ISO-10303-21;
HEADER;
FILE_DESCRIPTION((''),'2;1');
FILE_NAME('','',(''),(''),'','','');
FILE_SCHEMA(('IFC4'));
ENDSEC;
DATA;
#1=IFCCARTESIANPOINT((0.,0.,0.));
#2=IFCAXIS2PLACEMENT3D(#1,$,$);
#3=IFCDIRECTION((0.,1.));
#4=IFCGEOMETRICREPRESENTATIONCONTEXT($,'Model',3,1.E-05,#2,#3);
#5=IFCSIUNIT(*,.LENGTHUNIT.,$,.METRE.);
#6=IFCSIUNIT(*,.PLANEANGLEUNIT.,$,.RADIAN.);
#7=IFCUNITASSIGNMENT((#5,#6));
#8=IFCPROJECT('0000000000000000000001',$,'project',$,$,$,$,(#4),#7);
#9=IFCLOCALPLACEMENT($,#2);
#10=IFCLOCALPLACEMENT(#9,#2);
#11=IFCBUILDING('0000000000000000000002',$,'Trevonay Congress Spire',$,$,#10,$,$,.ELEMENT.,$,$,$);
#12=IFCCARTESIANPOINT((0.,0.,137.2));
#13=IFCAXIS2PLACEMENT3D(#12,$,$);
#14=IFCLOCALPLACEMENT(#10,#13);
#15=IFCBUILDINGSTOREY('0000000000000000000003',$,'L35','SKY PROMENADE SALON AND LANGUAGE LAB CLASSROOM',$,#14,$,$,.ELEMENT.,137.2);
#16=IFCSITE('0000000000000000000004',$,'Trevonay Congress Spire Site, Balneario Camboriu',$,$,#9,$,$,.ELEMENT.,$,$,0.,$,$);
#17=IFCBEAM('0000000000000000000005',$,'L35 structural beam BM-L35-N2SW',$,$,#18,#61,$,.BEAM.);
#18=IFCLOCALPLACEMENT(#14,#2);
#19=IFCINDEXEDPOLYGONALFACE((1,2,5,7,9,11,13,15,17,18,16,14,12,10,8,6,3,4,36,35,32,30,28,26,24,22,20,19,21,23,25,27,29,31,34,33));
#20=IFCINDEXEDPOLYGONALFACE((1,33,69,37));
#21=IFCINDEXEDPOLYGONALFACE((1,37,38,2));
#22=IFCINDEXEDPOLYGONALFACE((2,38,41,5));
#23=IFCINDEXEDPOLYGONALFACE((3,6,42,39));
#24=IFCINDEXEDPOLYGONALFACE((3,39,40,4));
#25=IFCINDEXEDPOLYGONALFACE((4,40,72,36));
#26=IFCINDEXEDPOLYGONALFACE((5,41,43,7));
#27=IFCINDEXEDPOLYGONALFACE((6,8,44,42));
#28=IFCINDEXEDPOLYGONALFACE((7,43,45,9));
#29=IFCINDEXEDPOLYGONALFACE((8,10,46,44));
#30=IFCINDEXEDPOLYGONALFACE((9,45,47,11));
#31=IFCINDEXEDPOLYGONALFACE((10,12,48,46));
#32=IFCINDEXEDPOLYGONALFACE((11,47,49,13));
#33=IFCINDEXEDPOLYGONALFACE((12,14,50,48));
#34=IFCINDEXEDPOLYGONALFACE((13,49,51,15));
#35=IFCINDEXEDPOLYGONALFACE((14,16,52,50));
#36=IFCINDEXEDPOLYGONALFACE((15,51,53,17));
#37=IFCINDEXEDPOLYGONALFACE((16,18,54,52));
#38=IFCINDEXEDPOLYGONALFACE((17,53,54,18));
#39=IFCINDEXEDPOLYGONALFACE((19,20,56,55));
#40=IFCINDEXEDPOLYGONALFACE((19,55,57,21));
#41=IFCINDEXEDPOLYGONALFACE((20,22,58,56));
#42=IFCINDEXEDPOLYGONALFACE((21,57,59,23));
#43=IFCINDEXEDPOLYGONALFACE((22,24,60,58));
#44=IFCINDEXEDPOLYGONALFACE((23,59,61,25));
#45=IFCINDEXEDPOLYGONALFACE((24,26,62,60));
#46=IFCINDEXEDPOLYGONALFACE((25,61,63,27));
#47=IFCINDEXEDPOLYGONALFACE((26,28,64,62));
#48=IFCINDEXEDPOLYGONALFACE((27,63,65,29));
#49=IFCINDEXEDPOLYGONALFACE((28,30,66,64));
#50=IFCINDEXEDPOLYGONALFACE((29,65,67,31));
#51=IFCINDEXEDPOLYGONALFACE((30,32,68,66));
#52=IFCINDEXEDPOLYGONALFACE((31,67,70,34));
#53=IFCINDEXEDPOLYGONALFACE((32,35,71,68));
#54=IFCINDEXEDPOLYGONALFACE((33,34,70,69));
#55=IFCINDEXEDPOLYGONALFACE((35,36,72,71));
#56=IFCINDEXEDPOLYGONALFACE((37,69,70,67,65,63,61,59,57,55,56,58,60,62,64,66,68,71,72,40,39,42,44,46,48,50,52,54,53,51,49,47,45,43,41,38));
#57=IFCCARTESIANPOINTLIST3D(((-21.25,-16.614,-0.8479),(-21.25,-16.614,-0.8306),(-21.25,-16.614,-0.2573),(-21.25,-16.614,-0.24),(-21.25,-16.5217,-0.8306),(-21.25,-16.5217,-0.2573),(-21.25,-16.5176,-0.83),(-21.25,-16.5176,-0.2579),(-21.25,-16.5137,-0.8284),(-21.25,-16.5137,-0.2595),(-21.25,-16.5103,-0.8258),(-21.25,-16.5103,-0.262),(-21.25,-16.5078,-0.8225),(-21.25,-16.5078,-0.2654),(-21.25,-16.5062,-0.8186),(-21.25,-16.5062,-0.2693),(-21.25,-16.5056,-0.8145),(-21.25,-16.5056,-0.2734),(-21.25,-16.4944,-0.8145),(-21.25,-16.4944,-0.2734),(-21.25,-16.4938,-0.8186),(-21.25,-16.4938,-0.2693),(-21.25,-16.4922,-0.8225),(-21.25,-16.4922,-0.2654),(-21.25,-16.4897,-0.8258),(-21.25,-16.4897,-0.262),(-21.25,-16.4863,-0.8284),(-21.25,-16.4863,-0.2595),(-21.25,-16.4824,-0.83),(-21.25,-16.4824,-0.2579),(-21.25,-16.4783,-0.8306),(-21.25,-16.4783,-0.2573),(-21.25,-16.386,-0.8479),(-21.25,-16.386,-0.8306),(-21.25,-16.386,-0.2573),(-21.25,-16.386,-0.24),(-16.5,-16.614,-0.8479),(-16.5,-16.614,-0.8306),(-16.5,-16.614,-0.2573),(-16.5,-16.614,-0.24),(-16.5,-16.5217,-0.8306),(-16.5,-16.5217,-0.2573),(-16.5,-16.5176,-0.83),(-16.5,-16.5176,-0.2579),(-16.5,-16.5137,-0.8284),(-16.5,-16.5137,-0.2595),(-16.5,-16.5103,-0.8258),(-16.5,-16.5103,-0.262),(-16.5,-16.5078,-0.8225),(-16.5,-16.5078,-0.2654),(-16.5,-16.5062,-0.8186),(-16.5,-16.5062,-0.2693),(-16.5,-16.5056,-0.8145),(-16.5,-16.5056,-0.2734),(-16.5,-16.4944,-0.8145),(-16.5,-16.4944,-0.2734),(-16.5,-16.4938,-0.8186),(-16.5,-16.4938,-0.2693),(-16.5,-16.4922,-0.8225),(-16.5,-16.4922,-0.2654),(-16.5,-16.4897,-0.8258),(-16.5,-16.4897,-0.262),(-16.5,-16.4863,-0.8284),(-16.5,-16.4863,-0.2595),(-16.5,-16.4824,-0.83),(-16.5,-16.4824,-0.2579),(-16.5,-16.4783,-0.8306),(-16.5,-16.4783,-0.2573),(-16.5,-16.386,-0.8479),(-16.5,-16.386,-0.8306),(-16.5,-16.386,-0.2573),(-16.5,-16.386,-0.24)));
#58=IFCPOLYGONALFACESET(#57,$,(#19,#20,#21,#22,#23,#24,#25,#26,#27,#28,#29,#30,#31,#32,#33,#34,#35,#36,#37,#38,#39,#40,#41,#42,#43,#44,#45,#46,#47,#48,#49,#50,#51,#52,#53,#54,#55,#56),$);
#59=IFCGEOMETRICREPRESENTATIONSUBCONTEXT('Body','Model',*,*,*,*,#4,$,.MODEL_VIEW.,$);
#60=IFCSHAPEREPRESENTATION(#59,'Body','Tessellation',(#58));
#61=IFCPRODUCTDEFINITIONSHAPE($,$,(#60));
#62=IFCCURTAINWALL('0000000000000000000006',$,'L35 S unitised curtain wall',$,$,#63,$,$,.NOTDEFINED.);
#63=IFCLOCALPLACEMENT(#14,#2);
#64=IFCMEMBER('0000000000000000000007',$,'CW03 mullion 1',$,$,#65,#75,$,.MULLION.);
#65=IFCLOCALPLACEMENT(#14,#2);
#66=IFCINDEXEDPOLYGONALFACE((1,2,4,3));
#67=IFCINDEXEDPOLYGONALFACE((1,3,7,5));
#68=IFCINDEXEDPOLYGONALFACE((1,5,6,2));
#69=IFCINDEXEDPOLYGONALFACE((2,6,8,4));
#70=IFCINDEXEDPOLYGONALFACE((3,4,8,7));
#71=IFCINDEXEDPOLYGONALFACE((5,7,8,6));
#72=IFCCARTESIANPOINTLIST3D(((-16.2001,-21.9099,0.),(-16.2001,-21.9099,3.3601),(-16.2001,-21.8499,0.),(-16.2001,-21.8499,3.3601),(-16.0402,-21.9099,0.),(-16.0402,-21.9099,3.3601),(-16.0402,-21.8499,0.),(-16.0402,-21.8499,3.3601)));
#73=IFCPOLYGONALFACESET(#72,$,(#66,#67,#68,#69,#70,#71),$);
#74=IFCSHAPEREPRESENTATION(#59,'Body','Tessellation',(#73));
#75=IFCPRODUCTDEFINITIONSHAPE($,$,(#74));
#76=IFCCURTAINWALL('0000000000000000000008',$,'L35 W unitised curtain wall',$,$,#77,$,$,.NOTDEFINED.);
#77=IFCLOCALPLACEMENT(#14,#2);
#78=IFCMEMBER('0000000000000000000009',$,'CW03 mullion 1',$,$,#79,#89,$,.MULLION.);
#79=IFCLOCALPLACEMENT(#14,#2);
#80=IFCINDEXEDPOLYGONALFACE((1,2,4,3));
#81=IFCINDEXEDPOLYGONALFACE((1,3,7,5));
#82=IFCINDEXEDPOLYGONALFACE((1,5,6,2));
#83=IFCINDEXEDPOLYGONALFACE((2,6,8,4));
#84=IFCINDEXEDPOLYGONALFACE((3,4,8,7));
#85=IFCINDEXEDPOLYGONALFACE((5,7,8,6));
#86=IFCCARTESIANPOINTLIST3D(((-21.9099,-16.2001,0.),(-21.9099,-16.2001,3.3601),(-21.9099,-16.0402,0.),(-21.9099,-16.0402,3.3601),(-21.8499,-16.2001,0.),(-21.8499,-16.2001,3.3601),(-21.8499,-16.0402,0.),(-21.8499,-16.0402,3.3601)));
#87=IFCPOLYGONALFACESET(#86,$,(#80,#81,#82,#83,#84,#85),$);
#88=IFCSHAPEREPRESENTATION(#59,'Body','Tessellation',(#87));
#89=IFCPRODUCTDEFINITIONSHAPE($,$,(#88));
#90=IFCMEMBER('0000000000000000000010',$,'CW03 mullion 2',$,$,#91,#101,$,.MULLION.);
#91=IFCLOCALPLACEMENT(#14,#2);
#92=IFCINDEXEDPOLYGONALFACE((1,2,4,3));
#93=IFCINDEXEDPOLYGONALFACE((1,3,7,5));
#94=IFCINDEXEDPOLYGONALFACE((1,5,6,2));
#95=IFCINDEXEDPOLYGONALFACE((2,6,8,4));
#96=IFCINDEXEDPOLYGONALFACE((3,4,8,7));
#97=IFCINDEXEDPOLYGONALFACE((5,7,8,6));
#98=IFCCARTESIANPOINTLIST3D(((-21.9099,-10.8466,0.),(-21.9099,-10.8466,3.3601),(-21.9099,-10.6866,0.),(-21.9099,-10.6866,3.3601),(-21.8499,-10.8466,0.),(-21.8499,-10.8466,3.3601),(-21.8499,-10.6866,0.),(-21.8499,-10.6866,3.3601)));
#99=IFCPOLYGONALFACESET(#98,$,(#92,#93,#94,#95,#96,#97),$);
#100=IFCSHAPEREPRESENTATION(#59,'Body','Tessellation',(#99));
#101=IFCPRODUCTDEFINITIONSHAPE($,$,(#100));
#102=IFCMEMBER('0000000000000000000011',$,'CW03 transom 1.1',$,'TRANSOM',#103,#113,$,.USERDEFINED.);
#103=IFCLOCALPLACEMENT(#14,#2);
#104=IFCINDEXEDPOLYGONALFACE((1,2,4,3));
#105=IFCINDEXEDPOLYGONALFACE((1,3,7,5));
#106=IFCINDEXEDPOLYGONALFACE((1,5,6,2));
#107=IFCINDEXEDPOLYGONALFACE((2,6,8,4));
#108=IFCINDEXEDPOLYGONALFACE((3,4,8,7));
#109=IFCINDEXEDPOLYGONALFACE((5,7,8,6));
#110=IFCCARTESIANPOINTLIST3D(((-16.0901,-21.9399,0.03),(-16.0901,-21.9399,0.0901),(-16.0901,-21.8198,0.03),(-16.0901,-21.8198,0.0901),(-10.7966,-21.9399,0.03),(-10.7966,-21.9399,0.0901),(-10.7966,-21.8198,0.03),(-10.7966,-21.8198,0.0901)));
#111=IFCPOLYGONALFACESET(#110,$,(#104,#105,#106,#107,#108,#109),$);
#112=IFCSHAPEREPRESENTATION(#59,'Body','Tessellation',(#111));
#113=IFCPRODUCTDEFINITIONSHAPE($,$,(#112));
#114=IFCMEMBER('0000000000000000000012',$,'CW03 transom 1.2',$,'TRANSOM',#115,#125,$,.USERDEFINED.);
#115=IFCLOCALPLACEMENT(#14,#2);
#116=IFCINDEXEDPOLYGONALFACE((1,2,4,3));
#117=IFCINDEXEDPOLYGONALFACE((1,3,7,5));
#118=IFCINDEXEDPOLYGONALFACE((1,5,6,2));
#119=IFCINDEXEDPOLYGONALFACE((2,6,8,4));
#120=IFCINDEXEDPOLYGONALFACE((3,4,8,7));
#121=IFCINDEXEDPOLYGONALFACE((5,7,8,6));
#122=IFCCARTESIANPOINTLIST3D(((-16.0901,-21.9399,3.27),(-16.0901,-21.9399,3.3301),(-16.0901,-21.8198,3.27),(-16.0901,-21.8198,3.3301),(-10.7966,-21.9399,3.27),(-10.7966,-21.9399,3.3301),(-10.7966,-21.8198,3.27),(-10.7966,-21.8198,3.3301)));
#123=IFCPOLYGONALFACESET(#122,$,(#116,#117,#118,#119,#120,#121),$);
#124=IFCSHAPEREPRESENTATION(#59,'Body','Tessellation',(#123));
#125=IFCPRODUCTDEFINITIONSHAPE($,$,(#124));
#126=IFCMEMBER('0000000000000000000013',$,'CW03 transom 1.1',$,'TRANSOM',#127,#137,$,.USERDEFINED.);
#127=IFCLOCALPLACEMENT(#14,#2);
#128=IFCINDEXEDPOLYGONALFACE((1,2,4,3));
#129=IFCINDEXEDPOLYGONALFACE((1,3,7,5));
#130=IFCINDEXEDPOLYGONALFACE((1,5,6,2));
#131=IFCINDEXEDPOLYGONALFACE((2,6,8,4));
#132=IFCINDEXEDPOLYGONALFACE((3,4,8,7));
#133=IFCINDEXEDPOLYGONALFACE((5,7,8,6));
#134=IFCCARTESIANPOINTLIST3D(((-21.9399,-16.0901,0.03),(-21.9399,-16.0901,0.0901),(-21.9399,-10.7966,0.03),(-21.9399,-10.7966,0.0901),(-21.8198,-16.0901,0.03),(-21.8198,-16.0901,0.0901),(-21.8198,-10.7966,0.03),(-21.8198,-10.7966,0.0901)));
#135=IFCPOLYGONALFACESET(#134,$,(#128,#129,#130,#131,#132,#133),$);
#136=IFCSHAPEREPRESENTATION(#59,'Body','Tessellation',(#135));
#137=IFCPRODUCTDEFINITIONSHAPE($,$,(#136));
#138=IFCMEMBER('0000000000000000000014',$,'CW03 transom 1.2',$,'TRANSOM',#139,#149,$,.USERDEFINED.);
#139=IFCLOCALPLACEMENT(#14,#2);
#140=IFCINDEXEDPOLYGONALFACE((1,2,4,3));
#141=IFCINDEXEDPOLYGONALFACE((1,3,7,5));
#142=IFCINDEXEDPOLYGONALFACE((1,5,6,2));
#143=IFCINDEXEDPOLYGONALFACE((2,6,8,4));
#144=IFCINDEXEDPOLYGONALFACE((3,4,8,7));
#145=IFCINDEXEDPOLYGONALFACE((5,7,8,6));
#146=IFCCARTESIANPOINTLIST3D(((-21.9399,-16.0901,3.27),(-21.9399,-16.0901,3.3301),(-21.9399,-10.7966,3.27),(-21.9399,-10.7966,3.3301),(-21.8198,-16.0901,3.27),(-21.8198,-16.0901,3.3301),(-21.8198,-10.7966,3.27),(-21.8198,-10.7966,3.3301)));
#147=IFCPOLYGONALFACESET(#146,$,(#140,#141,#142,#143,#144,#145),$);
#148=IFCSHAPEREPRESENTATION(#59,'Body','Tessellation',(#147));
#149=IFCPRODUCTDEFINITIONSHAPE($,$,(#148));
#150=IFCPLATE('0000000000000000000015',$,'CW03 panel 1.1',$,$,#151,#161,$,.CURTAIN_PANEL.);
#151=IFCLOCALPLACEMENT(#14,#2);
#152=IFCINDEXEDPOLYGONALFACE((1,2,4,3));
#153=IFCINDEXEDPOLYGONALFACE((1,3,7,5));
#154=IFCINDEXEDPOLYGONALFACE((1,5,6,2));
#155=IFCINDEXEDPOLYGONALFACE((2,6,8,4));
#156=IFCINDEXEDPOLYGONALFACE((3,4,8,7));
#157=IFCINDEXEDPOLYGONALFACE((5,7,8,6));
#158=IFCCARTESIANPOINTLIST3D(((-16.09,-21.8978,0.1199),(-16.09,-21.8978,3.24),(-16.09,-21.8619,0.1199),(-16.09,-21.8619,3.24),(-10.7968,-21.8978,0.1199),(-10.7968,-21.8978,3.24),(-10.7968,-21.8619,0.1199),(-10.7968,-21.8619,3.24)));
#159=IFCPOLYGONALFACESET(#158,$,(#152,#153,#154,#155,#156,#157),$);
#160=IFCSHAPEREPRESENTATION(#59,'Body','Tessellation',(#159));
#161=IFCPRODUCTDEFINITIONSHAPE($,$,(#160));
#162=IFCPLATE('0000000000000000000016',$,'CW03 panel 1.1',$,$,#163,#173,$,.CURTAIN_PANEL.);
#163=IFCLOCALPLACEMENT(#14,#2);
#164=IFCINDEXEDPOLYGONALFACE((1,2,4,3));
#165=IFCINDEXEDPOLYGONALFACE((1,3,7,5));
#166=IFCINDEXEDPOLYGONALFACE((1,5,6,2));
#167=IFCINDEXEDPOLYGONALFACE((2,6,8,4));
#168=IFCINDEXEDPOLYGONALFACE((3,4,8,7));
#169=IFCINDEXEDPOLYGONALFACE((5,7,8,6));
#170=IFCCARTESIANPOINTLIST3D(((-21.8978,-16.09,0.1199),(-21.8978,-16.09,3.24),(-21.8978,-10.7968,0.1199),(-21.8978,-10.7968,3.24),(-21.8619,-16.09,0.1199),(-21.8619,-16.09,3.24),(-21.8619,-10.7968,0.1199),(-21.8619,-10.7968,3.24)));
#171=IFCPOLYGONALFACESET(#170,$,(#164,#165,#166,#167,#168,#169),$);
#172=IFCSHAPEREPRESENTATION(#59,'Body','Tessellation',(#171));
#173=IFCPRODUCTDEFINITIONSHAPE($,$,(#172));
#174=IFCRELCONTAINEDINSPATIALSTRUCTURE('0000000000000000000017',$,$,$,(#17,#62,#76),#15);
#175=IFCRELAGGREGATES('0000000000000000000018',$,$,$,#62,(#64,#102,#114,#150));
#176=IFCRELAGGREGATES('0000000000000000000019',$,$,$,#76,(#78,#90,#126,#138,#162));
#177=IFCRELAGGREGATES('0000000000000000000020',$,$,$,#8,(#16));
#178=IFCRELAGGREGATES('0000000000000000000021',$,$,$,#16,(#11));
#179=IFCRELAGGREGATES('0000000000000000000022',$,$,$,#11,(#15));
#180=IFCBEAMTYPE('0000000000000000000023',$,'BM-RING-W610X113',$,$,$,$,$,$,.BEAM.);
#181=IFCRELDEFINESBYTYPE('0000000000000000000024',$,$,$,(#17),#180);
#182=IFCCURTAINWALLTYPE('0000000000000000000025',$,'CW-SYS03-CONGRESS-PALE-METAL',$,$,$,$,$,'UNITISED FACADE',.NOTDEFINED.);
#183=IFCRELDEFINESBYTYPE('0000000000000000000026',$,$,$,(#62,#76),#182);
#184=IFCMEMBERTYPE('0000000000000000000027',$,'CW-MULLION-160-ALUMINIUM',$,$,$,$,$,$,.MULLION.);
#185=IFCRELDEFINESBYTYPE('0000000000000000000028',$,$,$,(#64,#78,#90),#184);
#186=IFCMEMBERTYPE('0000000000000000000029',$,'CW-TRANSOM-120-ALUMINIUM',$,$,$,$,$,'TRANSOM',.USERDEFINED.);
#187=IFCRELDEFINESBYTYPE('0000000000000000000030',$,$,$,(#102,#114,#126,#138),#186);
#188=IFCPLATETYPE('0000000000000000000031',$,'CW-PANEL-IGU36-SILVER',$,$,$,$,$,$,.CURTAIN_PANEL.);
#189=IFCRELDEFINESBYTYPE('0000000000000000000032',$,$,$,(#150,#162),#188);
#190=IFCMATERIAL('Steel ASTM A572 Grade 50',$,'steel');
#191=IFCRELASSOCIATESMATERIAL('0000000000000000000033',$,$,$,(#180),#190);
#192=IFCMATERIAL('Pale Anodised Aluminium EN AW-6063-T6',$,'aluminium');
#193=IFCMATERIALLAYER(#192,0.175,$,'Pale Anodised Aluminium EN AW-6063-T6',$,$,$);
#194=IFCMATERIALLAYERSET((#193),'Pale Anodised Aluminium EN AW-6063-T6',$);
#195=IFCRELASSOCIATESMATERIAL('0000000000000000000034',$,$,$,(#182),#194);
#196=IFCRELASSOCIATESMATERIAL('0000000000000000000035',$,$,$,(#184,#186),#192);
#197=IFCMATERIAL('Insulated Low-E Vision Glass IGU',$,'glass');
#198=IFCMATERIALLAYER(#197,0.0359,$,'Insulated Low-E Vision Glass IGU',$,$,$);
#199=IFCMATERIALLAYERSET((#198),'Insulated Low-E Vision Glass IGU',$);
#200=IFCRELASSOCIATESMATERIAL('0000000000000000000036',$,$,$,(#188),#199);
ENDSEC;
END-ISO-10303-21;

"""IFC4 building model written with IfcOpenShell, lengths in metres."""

from ifc_helpers import new_model, si_unit, direction, frame, origin, origin_2d, place, context, subcontext, project, spatial, rectangle, i_section, extrude, material, layer, layer_set, material_profile, profile_set, type_object, element, aggregate, save


model = new_model("IFC4")

# Units and contexts
model_context = context("Model", 3, precision=1e-05, world=origin(), true_north=direction((0.0, 1.0)))
body_context = subcontext(model_context, "Body", "Model", "MODEL_VIEW")
ifc_project = project(units=[si_unit("LENGTHUNIT", "METRE"), si_unit("PLANEANGLEUNIT", "RADIAN")], contexts=[model_context])

# Site, building, storey
site_placement = place(None, origin())
site = spatial("IfcSite", under=ifc_project, at=site_placement, Name="Trevonay Congress Spire Site, Balneario Camboriu", CompositionType="ELEMENT", RefElevation=0.0)
building_placement = place(site_placement, origin())
building = spatial("IfcBuilding", under=site, at=building_placement, Name="Trevonay Congress Spire", CompositionType="ELEMENT")
storey_placement = place(building_placement, frame((0.0, 0.0, 137.2)))
storey = spatial("IfcBuildingStorey", under=building, at=storey_placement, Name="L35", Description="SKY PROMENADE SALON AND LANGUAGE LAB CLASSROOM", CompositionType="ELEMENT", Elevation=137.2)

# Shared definitions
ifc_material_1 = material(Name="Steel ASTM A572 Grade 50", Category="steel")

# Beam
ifc_material_profile_1 = material_profile(ifc_material_1, i_section(OverallWidth=0.228, OverallDepth=0.6079, WebThickness=0.0112, FlangeThickness=0.0173, FilletRadius=0.0161, at=origin_2d()), Name="W610x113")
ifc_profile_set_1 = profile_set([ifc_material_profile_1], Name="Steel ASTM A572 Grade 50")
beam_type = type_object("IfcBeamType", Name="BM-RING-W610X113", PredefinedType="BEAM", material=ifc_profile_set_1)
for number, where, z_axis, x_axis, name in (
    (1, (-21.25, -16.5, -0.5439), (1.0, 0.0, 0.0), (0.0, 1.0, 0.0), "L35 structural beam BM-L35-N2SW"),
):
    element("IfcBeam", number, at=place(storey_placement, frame(where, z_axis=z_axis, x_axis=x_axis)), inside=storey, type_object=beam_type, Name=name, PredefinedType="BEAM", context=body_context, shape_type="SweptSolid", body=[
        extrude(i_section(OverallWidth=0.228, OverallDepth=0.6079, WebThickness=0.0112, FlangeThickness=0.0173, FilletRadius=0.0161, at=origin_2d()), origin(), (0.0, 0.0, 1.0), 4.75),
    ])

# Curtain wall, member
ifc_material_2 = material(Name="Pale Anodised Aluminium EN AW-6063-T6", Category="aluminium")
ifc_layer_1 = layer(ifc_material_2, 0.175, Name="Pale Anodised Aluminium EN AW-6063-T6")
ifc_layer_set_1 = layer_set([ifc_layer_1], Name="Pale Anodised Aluminium EN AW-6063-T6")
curtain_wall_type = type_object("IfcCurtainWallType", Name="CW-SYS03-CONGRESS-PALE-METAL", ElementType="UNITISED FACADE", PredefinedType="NOTDEFINED", material=ifc_layer_set_1)
curtain_wall_1_placement = place(storey_placement, origin())
curtain_wall_1 = element("IfcCurtainWall", 2, at=curtain_wall_1_placement, inside=storey, type_object=curtain_wall_type, Name="L35 S unitised curtain wall", PredefinedType="NOTDEFINED")
ifc_material_profile_2 = material_profile(ifc_material_2, rectangle(XDim=0.0601, YDim=0.1599, at=origin_2d()), Name="CW-MULLION-160-ALUMINIUM")
ifc_profile_set_2 = profile_set([ifc_material_profile_2], Name="Pale Anodised Aluminium EN AW-6063-T6")
member_type_1 = type_object("IfcMemberType", Name="CW-MULLION-160-ALUMINIUM", PredefinedType="MULLION", material=ifc_profile_set_2)
member_1_placement = place(storey_placement, frame((-16.1201, -21.8799, 0.0), z_axis=(0.0, 0.0, 1.0), x_axis=(0.0, 1.0, 0.0)))
member_1 = element("IfcMember", 3, at=member_1_placement, type_object=member_type_1, Name="CW03 mullion 1", PredefinedType="MULLION", context=body_context, shape_type="SweptSolid", body=[
    extrude(rectangle(XDim=0.0601, YDim=0.1599, at=origin_2d()), origin(), (0.0, 0.0, 1.0), 3.3601),
])

# Curtain wall, members
curtain_wall_2_placement = place(storey_placement, origin())
curtain_wall_2 = element("IfcCurtainWall", 4, at=curtain_wall_2_placement, inside=storey, type_object=curtain_wall_type, Name="L35 W unitised curtain wall", PredefinedType="NOTDEFINED")
member_2_placement = place(storey_placement, frame((-21.8799, -16.1201, 0.0), z_axis=(0.0, 0.0, 1.0), x_axis=(-1.0, 0.0, 0.0)))
member_2 = element("IfcMember", 5, at=member_2_placement, type_object=member_type_1, Name="CW03 mullion 1", PredefinedType="MULLION", context=body_context, shape_type="SweptSolid", body=[
    extrude(rectangle(XDim=0.0601, YDim=0.1599, at=origin_2d()), origin(), (0.0, 0.0, 1.0), 3.3601),
])
member_3_placement = place(storey_placement, frame((-21.8799, -10.7666, 0.0), z_axis=(0.0, 0.0, 1.0), x_axis=(-1.0, 0.0, 0.0)))
member_3 = element("IfcMember", 6, at=member_3_placement, type_object=member_type_1, Name="CW03 mullion 2", PredefinedType="MULLION", context=body_context, shape_type="SweptSolid", body=[
    extrude(rectangle(XDim=0.0601, YDim=0.1599, at=origin_2d()), origin(), (0.0, 0.0, 1.0), 3.3601),
])

# Members
ifc_material_profile_3 = material_profile(ifc_material_2, rectangle(XDim=0.1201, YDim=0.0601, at=origin_2d()), Name="CW-TRANSOM-120-ALUMINIUM")
ifc_profile_set_3 = profile_set([ifc_material_profile_3], Name="Pale Anodised Aluminium EN AW-6063-T6")
member_type_2 = type_object("IfcMemberType", Name="CW-TRANSOM-120-ALUMINIUM", ElementType="TRANSOM", PredefinedType="USERDEFINED", material=ifc_profile_set_3)
member_4_placement = place(storey_placement, frame((-16.0901, -21.8799, 0.0601), z_axis=(1.0, 0.0, 0.0), x_axis=(0.0, 1.0, 0.0)))
member_4 = element("IfcMember", 7, at=member_4_placement, type_object=member_type_2, Name="CW03 transom 1.1", ObjectType="TRANSOM", PredefinedType="USERDEFINED", context=body_context, shape_type="SweptSolid", body=[
    extrude(rectangle(XDim=0.1201, YDim=0.0601, at=origin_2d()), origin(), (0.0, 0.0, 1.0), 5.2935),
])
member_5_placement = place(storey_placement, frame((-16.0901, -21.8799, 3.3), z_axis=(1.0, 0.0, 0.0), x_axis=(0.0, 1.0, 0.0)))
member_5 = element("IfcMember", 8, at=member_5_placement, type_object=member_type_2, Name="CW03 transom 1.2", ObjectType="TRANSOM", PredefinedType="USERDEFINED", context=body_context, shape_type="SweptSolid", body=[
    extrude(rectangle(XDim=0.1201, YDim=0.0601, at=origin_2d()), origin(), (0.0, 0.0, 1.0), 5.2935),
])
member_6_placement = place(storey_placement, frame((-21.8799, -16.0901, 0.0601), z_axis=(0.0, 1.0, 0.0), x_axis=(-1.0, 0.0, 0.0)))
member_6 = element("IfcMember", 9, at=member_6_placement, type_object=member_type_2, Name="CW03 transom 1.1", ObjectType="TRANSOM", PredefinedType="USERDEFINED", context=body_context, shape_type="SweptSolid", body=[
    extrude(rectangle(XDim=0.1201, YDim=0.0601, at=origin_2d()), origin(), (0.0, 0.0, 1.0), 5.2935),
])
member_7_placement = place(storey_placement, frame((-21.8799, -16.0901, 3.3), z_axis=(0.0, 1.0, 0.0), x_axis=(-1.0, 0.0, 0.0)))
member_7 = element("IfcMember", 10, at=member_7_placement, type_object=member_type_2, Name="CW03 transom 1.2", ObjectType="TRANSOM", PredefinedType="USERDEFINED", context=body_context, shape_type="SweptSolid", body=[
    extrude(rectangle(XDim=0.1201, YDim=0.0601, at=origin_2d()), origin(), (0.0, 0.0, 1.0), 5.2935),
])

# Plates
ifc_material_3 = material(Name="Insulated Low-E Vision Glass IGU", Category="glass")
ifc_layer_2 = layer(ifc_material_3, 0.0359, Name="Insulated Low-E Vision Glass IGU")
ifc_layer_set_2 = layer_set([ifc_layer_2], Name="Insulated Low-E Vision Glass IGU")
plate_type = type_object("IfcPlateType", Name="CW-PANEL-IGU36-SILVER", PredefinedType="CURTAIN_PANEL", material=ifc_layer_set_2)
plate_1_placement = place(storey_placement, frame((-13.4434, -21.8799, 0.1199), z_axis=(0.0, 0.0, 1.0), x_axis=(1.0, 0.0, 0.0)))
plate_1 = element("IfcPlate", 11, at=plate_1_placement, type_object=plate_type, Name="CW03 panel 1.1", PredefinedType="CURTAIN_PANEL", context=body_context, shape_type="SweptSolid", body=[
    extrude(rectangle(XDim=5.2932, YDim=0.0359, at=origin_2d()), origin(), (0.0, 0.0, 1.0), 3.1201),
])
aggregate(curtain_wall_1, [member_1, member_4, member_5, plate_1])
plate_2_placement = place(storey_placement, frame((-21.8799, -13.4434, 0.1199), z_axis=(0.0, 0.0, 1.0), x_axis=(0.0, 1.0, 0.0)))
plate_2 = element("IfcPlate", 12, at=plate_2_placement, type_object=plate_type, Name="CW03 panel 1.1", PredefinedType="CURTAIN_PANEL", context=body_context, shape_type="SweptSolid", body=[
    extrude(rectangle(XDim=5.2932, YDim=0.0359, at=origin_2d()), origin(), (0.0, 0.0, 1.0), 3.1201),
])
aggregate(curtain_wall_2, [member_2, member_3, member_6, member_7, plate_2])

save(model, "model.ifc")
